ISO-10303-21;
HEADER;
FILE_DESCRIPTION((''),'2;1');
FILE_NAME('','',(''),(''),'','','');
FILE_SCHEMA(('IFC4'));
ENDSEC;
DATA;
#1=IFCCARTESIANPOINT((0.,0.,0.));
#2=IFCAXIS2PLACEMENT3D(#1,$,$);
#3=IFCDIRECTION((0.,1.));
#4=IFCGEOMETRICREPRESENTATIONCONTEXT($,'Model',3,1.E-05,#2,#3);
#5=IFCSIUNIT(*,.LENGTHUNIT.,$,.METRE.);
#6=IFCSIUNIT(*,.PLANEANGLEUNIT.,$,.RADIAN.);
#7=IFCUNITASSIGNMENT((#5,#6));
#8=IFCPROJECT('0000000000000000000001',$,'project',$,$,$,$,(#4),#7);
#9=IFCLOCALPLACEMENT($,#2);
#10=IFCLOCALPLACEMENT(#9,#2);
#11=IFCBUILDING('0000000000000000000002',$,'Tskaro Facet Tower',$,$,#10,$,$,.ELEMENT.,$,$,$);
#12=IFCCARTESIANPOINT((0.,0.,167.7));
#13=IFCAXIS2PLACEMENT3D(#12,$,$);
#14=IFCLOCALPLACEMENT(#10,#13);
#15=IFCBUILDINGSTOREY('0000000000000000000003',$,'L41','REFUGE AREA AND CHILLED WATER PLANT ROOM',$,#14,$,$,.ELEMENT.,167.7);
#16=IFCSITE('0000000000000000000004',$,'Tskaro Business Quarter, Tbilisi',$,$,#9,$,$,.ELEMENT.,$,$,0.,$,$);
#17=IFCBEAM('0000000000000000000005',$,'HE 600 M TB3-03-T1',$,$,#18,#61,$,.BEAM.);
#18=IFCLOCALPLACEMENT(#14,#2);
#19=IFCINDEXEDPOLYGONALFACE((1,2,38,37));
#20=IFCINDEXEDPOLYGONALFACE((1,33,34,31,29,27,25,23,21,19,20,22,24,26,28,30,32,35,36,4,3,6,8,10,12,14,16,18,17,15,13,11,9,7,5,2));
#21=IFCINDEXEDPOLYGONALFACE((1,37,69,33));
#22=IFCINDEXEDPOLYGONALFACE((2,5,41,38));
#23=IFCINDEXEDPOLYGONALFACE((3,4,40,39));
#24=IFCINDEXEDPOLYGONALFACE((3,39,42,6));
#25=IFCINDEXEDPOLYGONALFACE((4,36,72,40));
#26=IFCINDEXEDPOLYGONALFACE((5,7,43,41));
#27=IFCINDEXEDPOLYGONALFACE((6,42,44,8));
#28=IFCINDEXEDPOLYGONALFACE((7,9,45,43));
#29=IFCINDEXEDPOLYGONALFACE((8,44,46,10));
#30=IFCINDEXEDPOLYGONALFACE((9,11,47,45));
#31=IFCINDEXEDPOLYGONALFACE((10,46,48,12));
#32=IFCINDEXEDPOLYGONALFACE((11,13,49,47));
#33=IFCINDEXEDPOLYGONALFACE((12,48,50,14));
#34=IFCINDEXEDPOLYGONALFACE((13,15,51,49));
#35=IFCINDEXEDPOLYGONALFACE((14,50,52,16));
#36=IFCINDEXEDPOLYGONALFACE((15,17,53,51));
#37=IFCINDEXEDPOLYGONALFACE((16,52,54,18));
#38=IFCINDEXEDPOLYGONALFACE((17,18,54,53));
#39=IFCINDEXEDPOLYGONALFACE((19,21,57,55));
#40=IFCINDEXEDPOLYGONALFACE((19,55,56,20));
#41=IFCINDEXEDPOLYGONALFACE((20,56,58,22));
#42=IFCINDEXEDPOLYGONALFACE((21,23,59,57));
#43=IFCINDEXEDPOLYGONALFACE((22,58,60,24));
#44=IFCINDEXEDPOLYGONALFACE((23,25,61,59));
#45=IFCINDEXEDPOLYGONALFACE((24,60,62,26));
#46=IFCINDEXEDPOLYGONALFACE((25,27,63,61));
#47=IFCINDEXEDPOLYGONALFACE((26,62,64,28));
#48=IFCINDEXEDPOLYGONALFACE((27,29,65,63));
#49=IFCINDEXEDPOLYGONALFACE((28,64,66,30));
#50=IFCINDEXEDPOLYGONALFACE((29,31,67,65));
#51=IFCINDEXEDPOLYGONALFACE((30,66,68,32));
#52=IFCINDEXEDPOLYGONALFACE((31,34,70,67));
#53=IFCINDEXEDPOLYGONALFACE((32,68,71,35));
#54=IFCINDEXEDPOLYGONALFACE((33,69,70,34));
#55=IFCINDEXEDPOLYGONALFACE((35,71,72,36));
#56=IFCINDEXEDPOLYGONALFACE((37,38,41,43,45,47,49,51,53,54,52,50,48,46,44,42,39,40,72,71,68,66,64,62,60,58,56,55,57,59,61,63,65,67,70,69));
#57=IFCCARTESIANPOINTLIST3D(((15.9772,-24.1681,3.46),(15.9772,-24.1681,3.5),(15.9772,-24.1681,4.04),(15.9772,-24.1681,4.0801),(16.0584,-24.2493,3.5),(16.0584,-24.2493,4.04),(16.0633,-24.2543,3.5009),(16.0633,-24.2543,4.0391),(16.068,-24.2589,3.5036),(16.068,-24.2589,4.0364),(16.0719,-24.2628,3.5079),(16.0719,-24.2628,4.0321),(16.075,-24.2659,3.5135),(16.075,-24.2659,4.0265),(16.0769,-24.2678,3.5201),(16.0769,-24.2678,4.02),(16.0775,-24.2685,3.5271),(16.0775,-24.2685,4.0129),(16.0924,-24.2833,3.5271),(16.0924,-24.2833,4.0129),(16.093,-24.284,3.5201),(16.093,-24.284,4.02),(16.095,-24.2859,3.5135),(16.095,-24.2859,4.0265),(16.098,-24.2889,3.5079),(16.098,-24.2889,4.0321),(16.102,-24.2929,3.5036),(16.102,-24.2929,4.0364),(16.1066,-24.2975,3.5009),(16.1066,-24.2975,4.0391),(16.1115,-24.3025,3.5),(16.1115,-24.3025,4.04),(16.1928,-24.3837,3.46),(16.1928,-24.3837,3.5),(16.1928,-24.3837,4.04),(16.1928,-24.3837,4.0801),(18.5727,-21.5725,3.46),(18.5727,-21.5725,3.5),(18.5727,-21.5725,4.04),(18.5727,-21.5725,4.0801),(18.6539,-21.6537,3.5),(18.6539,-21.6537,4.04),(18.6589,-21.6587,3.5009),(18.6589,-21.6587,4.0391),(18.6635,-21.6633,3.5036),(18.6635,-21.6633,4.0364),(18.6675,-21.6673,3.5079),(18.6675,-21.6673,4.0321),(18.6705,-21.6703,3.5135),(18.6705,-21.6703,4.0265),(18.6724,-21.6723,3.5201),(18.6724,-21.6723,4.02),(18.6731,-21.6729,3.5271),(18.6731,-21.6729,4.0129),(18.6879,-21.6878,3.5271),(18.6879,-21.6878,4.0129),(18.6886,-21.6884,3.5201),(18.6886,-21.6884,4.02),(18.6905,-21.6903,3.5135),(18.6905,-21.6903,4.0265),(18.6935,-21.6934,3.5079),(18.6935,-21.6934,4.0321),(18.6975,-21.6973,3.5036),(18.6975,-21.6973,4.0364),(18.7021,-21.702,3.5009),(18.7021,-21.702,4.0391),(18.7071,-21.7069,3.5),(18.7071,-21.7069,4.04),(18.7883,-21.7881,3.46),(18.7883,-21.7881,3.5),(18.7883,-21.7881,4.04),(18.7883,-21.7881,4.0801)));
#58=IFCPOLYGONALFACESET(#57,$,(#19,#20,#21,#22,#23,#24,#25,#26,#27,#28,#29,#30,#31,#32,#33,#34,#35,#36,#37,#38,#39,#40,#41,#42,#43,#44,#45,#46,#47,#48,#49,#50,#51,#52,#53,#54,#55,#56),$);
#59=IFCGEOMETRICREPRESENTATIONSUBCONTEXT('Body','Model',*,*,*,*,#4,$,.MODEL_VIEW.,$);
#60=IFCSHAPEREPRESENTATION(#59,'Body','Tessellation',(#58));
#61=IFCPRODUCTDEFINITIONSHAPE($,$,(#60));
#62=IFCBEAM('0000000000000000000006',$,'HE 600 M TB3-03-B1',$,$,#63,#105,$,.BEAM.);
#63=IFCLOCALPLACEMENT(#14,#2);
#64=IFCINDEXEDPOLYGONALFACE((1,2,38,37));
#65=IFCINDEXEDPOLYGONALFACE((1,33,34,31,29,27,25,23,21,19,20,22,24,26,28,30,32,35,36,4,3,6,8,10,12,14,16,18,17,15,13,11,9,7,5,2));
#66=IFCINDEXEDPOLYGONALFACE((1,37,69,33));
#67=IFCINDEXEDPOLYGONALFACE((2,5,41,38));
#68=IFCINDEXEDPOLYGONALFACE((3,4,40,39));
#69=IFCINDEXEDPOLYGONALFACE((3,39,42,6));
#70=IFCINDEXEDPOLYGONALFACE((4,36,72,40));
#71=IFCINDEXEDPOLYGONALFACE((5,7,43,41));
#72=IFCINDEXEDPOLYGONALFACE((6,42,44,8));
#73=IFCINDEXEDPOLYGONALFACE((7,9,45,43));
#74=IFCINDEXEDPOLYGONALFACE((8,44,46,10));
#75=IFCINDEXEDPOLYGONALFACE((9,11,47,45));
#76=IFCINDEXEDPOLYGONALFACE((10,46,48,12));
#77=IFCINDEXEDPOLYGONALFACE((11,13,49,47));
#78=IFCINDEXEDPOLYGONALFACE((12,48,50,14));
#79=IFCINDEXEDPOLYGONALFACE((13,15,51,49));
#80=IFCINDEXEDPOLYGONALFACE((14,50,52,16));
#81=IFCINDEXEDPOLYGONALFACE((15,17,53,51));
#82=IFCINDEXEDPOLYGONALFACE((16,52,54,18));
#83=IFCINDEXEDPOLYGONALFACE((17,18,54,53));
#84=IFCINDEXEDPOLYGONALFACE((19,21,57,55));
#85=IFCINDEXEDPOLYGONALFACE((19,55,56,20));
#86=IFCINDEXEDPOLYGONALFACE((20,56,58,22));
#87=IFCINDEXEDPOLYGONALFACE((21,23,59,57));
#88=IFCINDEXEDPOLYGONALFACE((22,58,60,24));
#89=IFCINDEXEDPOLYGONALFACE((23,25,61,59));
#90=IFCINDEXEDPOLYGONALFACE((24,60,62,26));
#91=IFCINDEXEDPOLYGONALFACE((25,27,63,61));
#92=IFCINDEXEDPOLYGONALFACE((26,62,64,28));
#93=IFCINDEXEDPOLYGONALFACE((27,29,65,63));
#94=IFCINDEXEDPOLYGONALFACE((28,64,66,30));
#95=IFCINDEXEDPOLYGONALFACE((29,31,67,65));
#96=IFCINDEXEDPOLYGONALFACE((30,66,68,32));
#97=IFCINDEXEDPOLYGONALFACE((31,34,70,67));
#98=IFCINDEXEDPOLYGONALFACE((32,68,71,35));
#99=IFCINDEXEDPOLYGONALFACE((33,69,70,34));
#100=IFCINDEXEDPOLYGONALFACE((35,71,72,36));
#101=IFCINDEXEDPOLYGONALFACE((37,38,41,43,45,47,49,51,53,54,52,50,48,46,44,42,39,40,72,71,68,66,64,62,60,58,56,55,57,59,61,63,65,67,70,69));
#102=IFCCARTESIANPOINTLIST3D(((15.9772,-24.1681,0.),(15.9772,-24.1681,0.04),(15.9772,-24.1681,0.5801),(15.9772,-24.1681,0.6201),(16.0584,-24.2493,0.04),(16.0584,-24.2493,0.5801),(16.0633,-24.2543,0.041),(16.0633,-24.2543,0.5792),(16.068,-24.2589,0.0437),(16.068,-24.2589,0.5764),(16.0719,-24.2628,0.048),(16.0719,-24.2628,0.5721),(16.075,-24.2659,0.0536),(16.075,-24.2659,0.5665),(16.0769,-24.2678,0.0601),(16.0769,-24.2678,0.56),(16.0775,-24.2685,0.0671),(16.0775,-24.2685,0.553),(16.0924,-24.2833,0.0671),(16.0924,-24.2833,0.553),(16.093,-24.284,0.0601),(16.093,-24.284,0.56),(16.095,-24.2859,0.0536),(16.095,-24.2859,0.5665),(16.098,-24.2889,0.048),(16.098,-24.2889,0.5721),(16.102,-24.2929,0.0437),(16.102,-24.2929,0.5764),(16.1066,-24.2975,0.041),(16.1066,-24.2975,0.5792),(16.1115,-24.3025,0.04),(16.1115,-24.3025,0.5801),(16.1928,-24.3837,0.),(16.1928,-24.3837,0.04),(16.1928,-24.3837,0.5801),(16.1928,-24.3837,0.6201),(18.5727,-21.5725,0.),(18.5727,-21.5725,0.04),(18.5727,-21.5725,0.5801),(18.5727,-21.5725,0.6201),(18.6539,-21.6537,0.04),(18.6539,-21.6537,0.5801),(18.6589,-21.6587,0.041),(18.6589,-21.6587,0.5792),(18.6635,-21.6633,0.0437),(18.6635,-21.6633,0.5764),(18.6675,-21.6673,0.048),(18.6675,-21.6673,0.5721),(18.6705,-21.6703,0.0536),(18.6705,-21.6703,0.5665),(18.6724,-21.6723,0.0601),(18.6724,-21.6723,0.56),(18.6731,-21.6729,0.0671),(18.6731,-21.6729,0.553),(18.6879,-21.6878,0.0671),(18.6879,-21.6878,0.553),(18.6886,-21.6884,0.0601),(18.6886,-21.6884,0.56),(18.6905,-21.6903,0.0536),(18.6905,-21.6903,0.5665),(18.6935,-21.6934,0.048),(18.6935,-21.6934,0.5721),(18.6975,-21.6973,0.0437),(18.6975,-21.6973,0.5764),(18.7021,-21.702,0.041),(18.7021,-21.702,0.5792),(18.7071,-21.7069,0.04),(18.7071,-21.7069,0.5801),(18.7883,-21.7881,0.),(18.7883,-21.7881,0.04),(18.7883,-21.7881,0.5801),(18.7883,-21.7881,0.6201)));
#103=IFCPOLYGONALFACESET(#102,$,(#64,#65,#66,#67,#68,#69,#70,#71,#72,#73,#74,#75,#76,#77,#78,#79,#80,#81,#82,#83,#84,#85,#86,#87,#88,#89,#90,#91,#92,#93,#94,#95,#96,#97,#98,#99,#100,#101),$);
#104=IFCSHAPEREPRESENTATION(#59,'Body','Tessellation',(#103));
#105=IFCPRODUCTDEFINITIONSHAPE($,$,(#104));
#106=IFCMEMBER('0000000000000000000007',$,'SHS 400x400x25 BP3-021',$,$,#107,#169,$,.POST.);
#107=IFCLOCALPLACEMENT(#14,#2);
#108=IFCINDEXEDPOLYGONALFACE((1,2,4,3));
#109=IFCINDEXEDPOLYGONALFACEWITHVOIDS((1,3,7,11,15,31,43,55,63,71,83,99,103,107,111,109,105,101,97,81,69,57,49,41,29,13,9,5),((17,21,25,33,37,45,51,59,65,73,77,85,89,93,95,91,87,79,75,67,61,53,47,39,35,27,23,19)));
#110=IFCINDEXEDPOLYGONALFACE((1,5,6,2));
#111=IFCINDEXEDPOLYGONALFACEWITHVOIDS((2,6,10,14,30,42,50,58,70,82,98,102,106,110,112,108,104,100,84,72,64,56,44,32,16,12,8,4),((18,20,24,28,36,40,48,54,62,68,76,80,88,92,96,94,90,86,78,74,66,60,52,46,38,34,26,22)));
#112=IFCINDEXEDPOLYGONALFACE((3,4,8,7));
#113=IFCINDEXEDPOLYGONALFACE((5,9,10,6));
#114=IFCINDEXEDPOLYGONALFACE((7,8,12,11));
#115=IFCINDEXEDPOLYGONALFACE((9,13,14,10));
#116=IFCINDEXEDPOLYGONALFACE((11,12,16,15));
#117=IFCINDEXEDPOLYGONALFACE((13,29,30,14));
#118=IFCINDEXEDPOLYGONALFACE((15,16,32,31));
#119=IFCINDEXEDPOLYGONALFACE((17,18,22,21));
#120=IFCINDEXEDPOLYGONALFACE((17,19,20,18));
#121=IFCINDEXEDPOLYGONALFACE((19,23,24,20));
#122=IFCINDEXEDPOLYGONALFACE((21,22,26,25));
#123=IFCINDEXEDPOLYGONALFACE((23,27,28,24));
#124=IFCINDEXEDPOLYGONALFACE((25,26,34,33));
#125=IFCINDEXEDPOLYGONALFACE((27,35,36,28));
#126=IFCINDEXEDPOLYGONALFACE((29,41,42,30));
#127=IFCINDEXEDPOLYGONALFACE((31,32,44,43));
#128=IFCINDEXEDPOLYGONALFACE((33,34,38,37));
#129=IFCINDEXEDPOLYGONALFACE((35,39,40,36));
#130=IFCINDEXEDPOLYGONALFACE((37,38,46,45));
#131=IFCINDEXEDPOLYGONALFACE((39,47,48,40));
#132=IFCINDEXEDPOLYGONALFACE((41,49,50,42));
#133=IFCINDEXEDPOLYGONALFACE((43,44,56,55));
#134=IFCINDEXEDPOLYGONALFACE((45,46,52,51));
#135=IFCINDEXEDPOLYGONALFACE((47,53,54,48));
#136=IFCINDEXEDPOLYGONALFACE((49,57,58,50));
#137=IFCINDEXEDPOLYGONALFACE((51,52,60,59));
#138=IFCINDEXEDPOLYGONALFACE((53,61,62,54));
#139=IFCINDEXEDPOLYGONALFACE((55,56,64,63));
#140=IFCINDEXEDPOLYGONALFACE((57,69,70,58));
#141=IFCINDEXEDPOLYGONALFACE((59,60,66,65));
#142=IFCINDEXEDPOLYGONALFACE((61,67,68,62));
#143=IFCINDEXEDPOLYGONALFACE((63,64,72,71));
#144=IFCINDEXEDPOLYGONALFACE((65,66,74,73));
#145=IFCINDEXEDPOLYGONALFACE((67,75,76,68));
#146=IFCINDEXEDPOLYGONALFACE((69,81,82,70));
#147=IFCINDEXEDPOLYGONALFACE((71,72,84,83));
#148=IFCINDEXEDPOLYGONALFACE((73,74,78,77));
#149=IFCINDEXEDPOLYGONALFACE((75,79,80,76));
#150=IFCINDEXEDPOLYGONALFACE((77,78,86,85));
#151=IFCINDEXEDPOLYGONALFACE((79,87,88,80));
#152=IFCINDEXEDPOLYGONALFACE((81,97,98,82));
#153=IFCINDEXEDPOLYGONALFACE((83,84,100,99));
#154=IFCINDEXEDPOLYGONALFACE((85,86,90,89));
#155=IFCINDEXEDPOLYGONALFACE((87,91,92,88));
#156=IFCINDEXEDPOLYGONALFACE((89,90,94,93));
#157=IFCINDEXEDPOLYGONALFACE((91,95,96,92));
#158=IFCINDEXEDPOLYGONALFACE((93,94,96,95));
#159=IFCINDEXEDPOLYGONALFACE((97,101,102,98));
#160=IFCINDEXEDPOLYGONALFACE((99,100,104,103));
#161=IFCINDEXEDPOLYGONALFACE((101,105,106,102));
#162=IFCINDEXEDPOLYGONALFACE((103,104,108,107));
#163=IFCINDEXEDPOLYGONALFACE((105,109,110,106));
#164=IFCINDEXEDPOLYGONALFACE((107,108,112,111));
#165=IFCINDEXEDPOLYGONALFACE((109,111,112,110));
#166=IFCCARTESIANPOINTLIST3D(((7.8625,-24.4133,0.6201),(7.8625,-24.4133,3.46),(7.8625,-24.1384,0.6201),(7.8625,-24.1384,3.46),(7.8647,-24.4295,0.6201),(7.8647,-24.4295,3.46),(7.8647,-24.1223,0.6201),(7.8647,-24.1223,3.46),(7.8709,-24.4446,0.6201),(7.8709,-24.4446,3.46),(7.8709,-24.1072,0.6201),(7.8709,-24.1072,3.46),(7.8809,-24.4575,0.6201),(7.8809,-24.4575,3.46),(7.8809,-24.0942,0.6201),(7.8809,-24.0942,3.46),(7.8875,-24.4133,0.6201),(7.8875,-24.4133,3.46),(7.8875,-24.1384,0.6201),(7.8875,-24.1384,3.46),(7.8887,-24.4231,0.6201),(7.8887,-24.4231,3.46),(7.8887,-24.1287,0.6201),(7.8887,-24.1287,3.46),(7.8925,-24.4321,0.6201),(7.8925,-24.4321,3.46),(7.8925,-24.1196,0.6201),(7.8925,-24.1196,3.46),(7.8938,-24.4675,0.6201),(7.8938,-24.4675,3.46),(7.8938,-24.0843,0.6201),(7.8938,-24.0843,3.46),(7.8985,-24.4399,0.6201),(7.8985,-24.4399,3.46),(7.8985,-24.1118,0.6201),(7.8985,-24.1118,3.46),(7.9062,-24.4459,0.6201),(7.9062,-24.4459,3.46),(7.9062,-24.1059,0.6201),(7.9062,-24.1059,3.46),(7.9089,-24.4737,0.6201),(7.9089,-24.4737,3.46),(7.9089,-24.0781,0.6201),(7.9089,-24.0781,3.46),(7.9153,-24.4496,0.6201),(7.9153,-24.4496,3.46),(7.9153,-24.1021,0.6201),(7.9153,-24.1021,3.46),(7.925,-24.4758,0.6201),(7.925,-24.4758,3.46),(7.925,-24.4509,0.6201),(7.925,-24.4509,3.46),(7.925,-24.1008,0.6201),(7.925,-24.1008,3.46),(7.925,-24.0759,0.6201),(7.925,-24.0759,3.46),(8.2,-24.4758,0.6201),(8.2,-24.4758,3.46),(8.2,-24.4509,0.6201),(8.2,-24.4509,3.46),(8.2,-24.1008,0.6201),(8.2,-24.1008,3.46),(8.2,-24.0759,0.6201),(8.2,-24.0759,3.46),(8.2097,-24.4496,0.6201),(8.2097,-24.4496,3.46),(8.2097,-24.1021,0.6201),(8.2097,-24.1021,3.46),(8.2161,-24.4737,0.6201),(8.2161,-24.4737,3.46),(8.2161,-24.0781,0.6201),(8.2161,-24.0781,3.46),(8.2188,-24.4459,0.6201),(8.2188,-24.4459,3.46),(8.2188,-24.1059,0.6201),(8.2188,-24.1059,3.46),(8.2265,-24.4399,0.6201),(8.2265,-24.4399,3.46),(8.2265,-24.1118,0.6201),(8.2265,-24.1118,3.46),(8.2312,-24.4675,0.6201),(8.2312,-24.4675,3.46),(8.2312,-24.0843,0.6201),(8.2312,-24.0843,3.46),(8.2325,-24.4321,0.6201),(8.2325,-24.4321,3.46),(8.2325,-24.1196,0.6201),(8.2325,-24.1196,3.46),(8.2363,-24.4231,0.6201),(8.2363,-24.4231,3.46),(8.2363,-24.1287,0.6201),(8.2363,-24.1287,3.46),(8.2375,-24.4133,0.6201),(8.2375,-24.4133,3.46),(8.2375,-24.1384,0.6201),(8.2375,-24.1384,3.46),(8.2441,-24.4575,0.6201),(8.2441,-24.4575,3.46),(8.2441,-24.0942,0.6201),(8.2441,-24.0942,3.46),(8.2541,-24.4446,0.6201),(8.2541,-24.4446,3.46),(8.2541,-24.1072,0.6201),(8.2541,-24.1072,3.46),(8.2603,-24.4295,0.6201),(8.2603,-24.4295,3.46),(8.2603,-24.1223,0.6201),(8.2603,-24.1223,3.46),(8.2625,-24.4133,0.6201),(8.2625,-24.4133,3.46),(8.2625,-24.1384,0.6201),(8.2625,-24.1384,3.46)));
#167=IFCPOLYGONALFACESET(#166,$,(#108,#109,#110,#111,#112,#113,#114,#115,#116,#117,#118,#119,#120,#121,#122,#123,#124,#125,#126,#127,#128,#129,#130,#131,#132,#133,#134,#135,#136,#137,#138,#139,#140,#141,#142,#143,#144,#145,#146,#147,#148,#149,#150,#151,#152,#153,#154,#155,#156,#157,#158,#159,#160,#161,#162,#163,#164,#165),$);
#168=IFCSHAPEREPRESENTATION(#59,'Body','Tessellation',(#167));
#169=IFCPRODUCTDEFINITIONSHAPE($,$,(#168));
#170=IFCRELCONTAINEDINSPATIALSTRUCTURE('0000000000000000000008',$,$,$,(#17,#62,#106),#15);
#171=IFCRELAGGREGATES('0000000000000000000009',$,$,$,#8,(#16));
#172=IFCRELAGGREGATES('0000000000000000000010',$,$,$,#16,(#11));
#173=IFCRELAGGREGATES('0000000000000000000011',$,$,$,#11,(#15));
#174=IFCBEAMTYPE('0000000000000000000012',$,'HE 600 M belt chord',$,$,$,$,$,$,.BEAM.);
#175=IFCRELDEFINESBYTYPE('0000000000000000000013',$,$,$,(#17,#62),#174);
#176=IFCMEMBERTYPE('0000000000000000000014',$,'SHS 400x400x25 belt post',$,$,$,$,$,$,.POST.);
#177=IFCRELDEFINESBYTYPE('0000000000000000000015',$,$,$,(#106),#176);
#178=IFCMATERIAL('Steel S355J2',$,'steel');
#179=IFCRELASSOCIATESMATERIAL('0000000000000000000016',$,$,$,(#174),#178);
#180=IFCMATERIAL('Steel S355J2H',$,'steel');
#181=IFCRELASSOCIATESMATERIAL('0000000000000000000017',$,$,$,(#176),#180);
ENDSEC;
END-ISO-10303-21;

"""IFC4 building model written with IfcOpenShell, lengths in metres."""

from ifc_helpers import new_model, si_unit, direction, frame, origin, origin_2d, place, context, subcontext, project, spatial, hollow_rectangle, i_section, extrude, material, material_profile, profile_set, type_object, element, save


model = new_model("IFC4")

# Units and contexts
model_context = context("Model", 3, precision=1e-05, world=origin(), true_north=direction((0.0, 1.0)))
body_context = subcontext(model_context, "Body", "Model", "MODEL_VIEW")
ifc_project = project(units=[si_unit("LENGTHUNIT", "METRE"), si_unit("PLANEANGLEUNIT", "RADIAN")], contexts=[model_context])

# Site, building, storey
site_placement = place(None, origin())
site = spatial("IfcSite", under=ifc_project, at=site_placement, Name="Tskaro Business Quarter, Tbilisi", CompositionType="ELEMENT", RefElevation=0.0)
building_placement = place(site_placement, origin())
building = spatial("IfcBuilding", under=site, at=building_placement, Name="Tskaro Facet Tower", CompositionType="ELEMENT")
storey_placement = place(building_placement, frame((0.0, 0.0, 167.7)))
storey = spatial("IfcBuildingStorey", under=building, at=storey_placement, Name="L41", Description="REFUGE AREA AND CHILLED WATER PLANT ROOM", CompositionType="ELEMENT", Elevation=167.7)

# Shared definitions
ifc_material_1 = material(Name="Steel S355J2H", Category="steel")

# Shared definitions
ifc_material_2 = material(Name="Steel S355J2", Category="steel")

# Beams
ifc_material_profile_1 = material_profile(ifc_material_2, i_section(OverallWidth=0.3049, OverallDepth=0.6201, WebThickness=0.021, FlangeThickness=0.04, FilletRadius=0.0271, at=origin_2d()), Name="HE 600 M")
ifc_profile_set_1 = profile_set([ifc_material_profile_1], Name="Steel S355J2")
beam_type_1 = type_object("IfcBeamType", Name="HE 600 M belt chord", PredefinedType="BEAM", material=ifc_profile_set_1)
for number, where, z_axis, x_axis, name in (
    (1, (16.085, -24.2759, 3.77), (0.707107, 0.707107, 0.0), (-0.707107, 0.707107, 0.0), "HE 600 M TB3-03-T1"),
    (2, (16.085, -24.2759, 0.3101), (0.707107, 0.707107, 0.0), (-0.707107, 0.707107, 0.0), "HE 600 M TB3-03-B1"),
):
    element("IfcBeam", number, at=place(storey_placement, frame(where, z_axis=z_axis, x_axis=x_axis)), inside=storey, type_object=beam_type_1, Name=name, PredefinedType="BEAM", context=body_context, shape_type="SweptSolid", body=[
        extrude(i_section(OverallWidth=0.3049, OverallDepth=0.6201, WebThickness=0.021, FlangeThickness=0.04, FilletRadius=0.0271, at=origin_2d()), origin(), (0.0, 0.0, 1.0), 3.6707),
    ])

# Member
ifc_material_profile_2 = material_profile(ifc_material_1, hollow_rectangle(XDim=0.3999, YDim=0.3999, WallThickness=0.0249, InnerFilletRadius=0.0376, OuterFilletRadius=0.0625, at=origin_2d()), Name="SHS 400x400x25")
ifc_profile_set_2 = profile_set([ifc_material_profile_2], Name="Steel S355J2H")
member_type_1 = type_object("IfcMemberType", Name="SHS 400x400x25 belt post", PredefinedType="POST", material=ifc_profile_set_2)
for number, where, z_axis, x_axis, name in (
    (3, (8.0625, -24.2759, 0.6201), (0.0, 0.0, 1.0), (1.0, 0.0, 0.0), "SHS 400x400x25 BP3-021"),
):
    element("IfcMember", number, at=place(storey_placement, frame(where, z_axis=z_axis, x_axis=x_axis)), inside=storey, type_object=member_type_1, Name=name, PredefinedType="POST", context=body_context, shape_type="SweptSolid", body=[
        extrude(hollow_rectangle(XDim=0.3999, YDim=0.3999, WallThickness=0.0249, InnerFilletRadius=0.0376, OuterFilletRadius=0.0625, at=origin_2d()), origin(), (0.0, 0.0, 1.0), 2.8398),
    ])

save(model, "model.ifc")
